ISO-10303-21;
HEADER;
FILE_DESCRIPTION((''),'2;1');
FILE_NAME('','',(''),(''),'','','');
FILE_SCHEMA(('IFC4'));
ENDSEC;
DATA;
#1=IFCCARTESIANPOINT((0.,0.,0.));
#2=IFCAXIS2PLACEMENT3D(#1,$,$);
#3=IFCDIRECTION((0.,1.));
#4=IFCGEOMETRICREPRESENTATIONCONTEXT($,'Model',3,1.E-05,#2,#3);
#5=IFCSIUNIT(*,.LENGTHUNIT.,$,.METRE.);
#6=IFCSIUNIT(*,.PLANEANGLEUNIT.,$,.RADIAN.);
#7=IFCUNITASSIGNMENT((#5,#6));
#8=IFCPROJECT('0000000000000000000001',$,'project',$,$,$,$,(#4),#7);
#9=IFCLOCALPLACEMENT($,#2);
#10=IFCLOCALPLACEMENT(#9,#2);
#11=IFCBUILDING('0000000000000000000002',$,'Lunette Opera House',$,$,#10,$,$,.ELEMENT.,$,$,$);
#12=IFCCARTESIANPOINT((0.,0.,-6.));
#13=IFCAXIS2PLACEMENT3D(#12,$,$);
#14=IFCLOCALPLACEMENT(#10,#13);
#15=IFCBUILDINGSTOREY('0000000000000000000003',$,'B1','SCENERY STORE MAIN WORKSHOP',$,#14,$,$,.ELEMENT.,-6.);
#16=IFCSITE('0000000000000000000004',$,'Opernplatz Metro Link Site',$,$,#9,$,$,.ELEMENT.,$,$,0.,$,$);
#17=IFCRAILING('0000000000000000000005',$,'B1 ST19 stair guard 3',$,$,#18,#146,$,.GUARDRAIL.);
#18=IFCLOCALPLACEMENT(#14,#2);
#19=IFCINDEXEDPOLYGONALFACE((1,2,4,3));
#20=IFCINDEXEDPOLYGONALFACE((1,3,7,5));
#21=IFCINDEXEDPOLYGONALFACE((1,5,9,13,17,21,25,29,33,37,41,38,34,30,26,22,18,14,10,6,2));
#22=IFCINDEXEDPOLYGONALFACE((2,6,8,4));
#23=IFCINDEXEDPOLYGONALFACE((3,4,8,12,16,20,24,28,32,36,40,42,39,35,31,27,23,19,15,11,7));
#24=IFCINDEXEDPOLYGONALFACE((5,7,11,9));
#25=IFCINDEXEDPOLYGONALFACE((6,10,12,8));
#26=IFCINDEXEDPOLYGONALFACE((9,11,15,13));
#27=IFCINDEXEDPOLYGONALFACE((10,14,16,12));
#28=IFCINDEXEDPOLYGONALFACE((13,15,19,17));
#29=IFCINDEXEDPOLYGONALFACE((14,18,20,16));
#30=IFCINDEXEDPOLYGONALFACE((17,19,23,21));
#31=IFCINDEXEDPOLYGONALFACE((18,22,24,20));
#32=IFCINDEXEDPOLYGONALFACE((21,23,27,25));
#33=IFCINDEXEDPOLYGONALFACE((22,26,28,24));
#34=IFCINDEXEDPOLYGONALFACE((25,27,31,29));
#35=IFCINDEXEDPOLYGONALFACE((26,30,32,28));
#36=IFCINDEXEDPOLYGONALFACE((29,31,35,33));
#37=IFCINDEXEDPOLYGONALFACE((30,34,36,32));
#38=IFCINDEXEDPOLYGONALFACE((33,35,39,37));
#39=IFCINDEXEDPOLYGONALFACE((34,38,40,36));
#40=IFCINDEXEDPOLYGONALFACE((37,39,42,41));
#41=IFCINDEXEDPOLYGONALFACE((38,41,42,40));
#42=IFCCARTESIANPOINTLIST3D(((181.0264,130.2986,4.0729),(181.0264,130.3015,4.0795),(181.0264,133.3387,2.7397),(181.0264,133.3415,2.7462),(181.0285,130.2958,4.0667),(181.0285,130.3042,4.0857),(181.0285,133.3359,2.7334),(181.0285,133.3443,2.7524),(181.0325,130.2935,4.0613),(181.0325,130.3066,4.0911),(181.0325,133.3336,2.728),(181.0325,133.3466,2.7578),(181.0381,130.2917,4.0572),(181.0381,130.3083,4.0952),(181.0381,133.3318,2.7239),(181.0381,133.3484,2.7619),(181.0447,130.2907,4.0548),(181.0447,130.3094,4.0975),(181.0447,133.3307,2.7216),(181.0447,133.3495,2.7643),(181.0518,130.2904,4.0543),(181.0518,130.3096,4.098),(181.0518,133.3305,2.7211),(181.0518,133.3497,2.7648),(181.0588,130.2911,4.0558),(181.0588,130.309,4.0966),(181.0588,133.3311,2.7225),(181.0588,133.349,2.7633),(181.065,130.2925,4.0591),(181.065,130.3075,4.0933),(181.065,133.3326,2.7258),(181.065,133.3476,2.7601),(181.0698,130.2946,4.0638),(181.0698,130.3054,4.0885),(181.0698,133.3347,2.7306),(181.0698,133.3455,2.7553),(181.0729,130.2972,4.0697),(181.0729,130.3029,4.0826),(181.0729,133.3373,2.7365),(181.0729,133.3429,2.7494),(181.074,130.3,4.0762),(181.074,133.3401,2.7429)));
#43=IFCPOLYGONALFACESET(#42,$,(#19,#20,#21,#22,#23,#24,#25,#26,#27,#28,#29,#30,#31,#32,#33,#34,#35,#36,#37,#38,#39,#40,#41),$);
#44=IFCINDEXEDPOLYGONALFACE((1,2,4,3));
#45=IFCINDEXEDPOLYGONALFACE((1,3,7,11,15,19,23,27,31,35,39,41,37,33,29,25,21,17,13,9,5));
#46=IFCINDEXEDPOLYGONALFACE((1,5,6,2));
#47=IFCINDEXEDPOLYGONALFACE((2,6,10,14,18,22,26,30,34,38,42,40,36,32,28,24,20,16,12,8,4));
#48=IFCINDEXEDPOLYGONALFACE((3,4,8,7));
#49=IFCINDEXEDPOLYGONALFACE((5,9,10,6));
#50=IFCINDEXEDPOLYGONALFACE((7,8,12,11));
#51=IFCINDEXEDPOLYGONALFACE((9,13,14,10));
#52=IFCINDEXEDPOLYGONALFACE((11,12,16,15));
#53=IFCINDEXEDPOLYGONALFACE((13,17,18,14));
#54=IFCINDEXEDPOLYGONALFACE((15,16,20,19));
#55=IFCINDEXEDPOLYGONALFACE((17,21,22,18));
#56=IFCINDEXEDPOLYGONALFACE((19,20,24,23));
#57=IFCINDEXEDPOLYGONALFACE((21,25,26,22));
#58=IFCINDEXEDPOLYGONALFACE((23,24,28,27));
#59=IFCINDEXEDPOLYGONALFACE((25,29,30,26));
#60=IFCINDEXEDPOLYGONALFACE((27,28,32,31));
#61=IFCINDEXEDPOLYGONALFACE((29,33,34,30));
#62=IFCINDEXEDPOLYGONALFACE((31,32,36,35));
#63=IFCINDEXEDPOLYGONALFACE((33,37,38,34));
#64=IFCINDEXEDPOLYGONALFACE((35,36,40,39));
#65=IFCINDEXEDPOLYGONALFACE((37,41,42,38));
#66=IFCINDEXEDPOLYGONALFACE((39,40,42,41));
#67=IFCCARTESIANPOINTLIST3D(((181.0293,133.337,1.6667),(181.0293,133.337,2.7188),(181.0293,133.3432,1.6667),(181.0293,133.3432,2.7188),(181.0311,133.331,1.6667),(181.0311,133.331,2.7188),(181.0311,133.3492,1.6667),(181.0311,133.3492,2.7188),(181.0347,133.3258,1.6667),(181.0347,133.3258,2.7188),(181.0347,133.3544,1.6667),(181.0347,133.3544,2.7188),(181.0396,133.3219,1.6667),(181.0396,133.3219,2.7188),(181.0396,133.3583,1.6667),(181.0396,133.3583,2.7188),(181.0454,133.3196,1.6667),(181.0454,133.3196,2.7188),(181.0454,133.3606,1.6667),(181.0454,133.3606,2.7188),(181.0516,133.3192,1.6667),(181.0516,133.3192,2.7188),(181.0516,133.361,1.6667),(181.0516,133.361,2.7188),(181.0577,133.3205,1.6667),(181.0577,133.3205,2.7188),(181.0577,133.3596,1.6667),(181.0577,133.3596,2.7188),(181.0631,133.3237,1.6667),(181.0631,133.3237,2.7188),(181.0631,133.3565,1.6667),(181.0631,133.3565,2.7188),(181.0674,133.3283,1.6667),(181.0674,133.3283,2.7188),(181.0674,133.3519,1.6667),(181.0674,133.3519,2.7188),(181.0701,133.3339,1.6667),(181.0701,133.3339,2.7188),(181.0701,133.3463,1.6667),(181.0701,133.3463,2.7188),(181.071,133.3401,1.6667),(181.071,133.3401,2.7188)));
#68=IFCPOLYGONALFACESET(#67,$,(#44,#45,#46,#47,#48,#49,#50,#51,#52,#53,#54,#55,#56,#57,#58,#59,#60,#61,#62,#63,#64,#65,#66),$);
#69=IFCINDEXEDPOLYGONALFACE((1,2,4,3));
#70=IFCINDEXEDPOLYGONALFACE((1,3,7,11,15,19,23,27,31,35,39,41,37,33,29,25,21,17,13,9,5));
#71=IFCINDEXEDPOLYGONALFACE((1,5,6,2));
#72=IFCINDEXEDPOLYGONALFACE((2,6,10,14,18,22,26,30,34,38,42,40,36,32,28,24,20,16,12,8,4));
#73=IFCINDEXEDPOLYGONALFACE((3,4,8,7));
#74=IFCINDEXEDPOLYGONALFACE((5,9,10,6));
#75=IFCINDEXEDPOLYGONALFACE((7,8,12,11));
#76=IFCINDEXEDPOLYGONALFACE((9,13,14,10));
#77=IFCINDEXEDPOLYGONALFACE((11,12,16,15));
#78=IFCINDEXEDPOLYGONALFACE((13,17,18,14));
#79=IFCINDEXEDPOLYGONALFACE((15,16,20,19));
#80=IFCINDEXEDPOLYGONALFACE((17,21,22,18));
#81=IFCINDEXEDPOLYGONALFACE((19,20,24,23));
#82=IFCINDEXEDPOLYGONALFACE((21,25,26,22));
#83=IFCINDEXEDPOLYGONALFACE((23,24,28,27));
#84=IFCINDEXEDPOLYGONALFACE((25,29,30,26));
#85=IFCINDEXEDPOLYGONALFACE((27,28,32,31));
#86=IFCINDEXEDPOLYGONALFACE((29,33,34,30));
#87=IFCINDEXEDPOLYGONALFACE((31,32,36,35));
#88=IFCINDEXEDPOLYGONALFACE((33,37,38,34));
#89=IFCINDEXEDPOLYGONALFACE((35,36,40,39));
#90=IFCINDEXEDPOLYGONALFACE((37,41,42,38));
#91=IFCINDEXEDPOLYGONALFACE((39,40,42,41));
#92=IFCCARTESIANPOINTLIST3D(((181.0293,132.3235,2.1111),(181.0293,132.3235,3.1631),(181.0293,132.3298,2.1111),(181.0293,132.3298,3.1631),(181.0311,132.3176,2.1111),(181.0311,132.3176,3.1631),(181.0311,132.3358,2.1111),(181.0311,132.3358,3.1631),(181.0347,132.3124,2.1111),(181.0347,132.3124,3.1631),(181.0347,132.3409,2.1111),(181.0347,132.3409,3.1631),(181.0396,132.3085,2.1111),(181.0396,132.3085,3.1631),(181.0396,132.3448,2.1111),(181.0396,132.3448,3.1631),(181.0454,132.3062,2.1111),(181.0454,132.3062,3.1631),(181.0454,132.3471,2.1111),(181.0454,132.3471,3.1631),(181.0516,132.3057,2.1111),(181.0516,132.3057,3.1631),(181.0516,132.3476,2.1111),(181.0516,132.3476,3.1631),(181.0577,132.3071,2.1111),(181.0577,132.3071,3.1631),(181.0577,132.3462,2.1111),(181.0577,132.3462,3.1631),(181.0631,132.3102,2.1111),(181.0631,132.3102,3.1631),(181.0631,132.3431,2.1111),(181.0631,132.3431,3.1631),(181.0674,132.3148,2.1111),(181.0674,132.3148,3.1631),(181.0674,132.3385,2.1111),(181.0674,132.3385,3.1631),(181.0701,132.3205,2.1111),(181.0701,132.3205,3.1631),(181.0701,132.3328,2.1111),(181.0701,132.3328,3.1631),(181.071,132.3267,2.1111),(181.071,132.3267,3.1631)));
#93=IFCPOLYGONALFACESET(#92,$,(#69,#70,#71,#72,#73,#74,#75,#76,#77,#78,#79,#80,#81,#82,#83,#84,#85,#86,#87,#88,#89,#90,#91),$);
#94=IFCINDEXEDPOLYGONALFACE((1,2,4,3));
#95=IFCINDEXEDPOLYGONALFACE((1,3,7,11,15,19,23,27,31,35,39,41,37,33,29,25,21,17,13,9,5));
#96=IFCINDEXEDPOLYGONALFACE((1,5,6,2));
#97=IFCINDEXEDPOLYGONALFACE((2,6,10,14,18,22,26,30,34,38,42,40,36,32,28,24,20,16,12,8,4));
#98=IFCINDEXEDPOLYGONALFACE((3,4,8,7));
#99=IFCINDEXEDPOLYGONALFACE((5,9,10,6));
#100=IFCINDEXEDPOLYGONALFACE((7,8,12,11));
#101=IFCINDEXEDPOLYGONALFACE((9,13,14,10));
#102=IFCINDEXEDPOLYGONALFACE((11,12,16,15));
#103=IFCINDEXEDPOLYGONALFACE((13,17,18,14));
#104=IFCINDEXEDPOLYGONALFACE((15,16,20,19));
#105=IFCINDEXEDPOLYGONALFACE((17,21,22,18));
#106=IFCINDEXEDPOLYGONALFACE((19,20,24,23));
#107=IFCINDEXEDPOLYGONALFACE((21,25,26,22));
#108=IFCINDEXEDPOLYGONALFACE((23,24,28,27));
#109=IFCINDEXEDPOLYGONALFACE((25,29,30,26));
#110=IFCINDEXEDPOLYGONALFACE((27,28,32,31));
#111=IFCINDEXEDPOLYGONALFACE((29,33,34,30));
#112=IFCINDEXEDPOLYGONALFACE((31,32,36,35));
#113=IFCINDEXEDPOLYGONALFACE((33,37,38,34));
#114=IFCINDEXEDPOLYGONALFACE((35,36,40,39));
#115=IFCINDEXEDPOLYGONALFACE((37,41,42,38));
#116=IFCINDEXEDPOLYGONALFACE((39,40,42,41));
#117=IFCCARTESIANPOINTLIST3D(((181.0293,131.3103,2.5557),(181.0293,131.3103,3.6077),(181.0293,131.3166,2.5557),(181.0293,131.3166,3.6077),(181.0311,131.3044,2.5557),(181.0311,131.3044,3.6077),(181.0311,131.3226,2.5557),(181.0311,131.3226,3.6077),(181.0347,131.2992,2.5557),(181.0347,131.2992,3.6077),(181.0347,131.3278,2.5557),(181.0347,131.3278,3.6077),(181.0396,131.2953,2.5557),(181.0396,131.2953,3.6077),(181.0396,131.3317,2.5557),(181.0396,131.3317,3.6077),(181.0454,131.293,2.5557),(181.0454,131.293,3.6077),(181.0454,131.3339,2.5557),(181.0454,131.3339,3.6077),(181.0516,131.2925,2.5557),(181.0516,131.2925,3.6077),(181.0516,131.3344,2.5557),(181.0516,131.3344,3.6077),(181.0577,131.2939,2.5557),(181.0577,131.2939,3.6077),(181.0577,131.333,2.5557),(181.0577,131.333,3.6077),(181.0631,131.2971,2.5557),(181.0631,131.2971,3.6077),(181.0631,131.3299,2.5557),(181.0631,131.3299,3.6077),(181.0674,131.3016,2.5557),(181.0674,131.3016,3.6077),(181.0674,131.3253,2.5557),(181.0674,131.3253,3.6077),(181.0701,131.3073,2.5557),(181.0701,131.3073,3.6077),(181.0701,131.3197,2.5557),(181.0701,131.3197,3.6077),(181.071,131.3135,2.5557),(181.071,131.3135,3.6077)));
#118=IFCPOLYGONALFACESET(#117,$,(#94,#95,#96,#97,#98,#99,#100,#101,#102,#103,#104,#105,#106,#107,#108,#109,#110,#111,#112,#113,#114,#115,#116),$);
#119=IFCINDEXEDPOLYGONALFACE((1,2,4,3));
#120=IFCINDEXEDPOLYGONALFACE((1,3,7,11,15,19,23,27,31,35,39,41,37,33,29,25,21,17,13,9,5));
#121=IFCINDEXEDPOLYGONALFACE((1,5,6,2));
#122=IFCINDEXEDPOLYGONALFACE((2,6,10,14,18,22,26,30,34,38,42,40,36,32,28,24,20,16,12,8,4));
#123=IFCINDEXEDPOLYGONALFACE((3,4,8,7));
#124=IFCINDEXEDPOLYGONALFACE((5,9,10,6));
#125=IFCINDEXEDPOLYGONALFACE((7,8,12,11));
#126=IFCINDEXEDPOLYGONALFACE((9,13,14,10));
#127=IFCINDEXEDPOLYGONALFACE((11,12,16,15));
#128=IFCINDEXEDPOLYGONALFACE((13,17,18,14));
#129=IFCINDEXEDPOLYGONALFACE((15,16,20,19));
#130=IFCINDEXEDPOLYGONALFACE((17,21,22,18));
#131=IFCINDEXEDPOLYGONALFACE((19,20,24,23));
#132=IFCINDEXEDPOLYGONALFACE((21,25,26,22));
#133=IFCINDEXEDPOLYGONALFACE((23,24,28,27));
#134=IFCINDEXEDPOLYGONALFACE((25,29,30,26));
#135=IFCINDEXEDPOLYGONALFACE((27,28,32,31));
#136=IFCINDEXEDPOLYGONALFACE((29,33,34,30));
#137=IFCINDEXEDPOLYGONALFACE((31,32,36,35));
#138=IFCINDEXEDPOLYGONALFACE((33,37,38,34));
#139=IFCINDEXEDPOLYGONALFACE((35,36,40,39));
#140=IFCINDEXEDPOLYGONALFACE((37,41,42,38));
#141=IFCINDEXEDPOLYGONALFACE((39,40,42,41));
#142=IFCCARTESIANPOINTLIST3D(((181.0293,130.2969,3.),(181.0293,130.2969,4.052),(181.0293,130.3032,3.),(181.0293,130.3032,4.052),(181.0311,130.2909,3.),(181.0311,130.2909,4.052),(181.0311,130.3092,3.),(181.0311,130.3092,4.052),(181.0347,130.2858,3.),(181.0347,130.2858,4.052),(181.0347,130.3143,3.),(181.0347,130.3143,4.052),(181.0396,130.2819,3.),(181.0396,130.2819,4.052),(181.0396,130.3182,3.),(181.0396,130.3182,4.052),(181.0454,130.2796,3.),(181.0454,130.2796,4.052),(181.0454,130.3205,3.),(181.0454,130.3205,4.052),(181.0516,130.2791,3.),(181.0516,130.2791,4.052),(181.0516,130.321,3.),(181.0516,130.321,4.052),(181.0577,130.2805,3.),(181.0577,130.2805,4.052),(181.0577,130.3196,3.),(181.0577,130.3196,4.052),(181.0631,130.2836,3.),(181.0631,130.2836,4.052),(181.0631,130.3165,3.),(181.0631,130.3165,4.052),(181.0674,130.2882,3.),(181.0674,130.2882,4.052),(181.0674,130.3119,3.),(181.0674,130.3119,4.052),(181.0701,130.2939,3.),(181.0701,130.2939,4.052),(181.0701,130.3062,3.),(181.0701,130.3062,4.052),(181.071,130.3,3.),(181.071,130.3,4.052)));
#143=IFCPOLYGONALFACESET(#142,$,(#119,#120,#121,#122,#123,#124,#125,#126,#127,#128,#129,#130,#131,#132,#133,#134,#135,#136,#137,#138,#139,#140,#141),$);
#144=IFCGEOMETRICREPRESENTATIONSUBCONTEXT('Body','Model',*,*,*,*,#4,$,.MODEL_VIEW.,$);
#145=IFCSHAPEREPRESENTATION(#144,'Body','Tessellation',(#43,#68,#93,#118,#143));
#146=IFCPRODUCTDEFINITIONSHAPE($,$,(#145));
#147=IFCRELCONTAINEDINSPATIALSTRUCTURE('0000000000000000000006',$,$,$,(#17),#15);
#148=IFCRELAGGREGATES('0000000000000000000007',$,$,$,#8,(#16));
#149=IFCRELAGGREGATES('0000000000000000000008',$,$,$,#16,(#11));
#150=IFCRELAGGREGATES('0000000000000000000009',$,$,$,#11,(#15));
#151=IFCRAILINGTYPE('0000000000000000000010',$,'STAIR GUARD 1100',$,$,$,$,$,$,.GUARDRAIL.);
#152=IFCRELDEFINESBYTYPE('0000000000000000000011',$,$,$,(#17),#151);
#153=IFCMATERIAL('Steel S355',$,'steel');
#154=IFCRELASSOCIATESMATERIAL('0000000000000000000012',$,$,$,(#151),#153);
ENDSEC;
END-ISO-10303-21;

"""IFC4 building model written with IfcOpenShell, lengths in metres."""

from ifc_helpers import new_model, si_unit, direction, frame, origin, origin_2d, place, context, subcontext, project, spatial, circle, extrude, material, type_object, element, save


model = new_model("IFC4")

# Units and contexts
model_context = context("Model", 3, precision=1e-05, world=origin(), true_north=direction((0.0, 1.0)))
body_context = subcontext(model_context, "Body", "Model", "MODEL_VIEW")
ifc_project = project(units=[si_unit("LENGTHUNIT", "METRE"), si_unit("PLANEANGLEUNIT", "RADIAN")], contexts=[model_context])

# Site, building, storey
site_placement = place(None, origin())
site = spatial("IfcSite", under=ifc_project, at=site_placement, Name="Opernplatz Metro Link Site", CompositionType="ELEMENT", RefElevation=0.0)
building_placement = place(site_placement, origin())
building = spatial("IfcBuilding", under=site, at=building_placement, Name="Lunette Opera House", CompositionType="ELEMENT")
storey_placement = place(building_placement, frame((0.0, 0.0, -6.0)))
storey = spatial("IfcBuildingStorey", under=building, at=storey_placement, Name="B1", Description="SCENERY STORE MAIN WORKSHOP", CompositionType="ELEMENT", Elevation=-6.0)

# Railing
ifc_material_1 = material(Name="Steel S355", Category="steel")
railing_type_1 = type_object("IfcRailingType", Name="STAIR GUARD 1100", PredefinedType="GUARDRAIL", material=ifc_material_1)
railing_1_placement = place(storey_placement, frame((181.05, 133.3401, 1.6667)))
element("IfcRailing", 1, at=railing_1_placement, inside=storey, type_object=railing_type_1, Name="B1 ST19 stair guard 3", PredefinedType="GUARDRAIL", context=body_context, shape_type="SweptSolid", body=[
    extrude(circle(Radius=0.0239, at=origin_2d()), frame((0.0, 0.0, 1.0762), z_axis=(0.0, -0.915799, 0.401637), x_axis=(1.0, 0.0, 0.0)), (0.0, 0.0, 1.0), 3.3196),
    extrude(circle(Radius=0.021, at=origin_2d()), origin(), (0.0, 0.0, 1.0), 1.052),
    extrude(circle(Radius=0.021, at=origin_2d()), frame((0.0, -1.0134, 0.4443)), (0.0, 0.0, 1.0), 1.052),
    extrude(circle(Radius=0.021, at=origin_2d()), frame((0.0, -2.0266, 0.8889)), (0.0, 0.0, 1.0), 1.052),
    extrude(circle(Radius=0.021, at=origin_2d()), frame((0.0, -3.04, 1.3333)), (0.0, 0.0, 1.0), 1.052),
])

save(model, "model.ifc")
